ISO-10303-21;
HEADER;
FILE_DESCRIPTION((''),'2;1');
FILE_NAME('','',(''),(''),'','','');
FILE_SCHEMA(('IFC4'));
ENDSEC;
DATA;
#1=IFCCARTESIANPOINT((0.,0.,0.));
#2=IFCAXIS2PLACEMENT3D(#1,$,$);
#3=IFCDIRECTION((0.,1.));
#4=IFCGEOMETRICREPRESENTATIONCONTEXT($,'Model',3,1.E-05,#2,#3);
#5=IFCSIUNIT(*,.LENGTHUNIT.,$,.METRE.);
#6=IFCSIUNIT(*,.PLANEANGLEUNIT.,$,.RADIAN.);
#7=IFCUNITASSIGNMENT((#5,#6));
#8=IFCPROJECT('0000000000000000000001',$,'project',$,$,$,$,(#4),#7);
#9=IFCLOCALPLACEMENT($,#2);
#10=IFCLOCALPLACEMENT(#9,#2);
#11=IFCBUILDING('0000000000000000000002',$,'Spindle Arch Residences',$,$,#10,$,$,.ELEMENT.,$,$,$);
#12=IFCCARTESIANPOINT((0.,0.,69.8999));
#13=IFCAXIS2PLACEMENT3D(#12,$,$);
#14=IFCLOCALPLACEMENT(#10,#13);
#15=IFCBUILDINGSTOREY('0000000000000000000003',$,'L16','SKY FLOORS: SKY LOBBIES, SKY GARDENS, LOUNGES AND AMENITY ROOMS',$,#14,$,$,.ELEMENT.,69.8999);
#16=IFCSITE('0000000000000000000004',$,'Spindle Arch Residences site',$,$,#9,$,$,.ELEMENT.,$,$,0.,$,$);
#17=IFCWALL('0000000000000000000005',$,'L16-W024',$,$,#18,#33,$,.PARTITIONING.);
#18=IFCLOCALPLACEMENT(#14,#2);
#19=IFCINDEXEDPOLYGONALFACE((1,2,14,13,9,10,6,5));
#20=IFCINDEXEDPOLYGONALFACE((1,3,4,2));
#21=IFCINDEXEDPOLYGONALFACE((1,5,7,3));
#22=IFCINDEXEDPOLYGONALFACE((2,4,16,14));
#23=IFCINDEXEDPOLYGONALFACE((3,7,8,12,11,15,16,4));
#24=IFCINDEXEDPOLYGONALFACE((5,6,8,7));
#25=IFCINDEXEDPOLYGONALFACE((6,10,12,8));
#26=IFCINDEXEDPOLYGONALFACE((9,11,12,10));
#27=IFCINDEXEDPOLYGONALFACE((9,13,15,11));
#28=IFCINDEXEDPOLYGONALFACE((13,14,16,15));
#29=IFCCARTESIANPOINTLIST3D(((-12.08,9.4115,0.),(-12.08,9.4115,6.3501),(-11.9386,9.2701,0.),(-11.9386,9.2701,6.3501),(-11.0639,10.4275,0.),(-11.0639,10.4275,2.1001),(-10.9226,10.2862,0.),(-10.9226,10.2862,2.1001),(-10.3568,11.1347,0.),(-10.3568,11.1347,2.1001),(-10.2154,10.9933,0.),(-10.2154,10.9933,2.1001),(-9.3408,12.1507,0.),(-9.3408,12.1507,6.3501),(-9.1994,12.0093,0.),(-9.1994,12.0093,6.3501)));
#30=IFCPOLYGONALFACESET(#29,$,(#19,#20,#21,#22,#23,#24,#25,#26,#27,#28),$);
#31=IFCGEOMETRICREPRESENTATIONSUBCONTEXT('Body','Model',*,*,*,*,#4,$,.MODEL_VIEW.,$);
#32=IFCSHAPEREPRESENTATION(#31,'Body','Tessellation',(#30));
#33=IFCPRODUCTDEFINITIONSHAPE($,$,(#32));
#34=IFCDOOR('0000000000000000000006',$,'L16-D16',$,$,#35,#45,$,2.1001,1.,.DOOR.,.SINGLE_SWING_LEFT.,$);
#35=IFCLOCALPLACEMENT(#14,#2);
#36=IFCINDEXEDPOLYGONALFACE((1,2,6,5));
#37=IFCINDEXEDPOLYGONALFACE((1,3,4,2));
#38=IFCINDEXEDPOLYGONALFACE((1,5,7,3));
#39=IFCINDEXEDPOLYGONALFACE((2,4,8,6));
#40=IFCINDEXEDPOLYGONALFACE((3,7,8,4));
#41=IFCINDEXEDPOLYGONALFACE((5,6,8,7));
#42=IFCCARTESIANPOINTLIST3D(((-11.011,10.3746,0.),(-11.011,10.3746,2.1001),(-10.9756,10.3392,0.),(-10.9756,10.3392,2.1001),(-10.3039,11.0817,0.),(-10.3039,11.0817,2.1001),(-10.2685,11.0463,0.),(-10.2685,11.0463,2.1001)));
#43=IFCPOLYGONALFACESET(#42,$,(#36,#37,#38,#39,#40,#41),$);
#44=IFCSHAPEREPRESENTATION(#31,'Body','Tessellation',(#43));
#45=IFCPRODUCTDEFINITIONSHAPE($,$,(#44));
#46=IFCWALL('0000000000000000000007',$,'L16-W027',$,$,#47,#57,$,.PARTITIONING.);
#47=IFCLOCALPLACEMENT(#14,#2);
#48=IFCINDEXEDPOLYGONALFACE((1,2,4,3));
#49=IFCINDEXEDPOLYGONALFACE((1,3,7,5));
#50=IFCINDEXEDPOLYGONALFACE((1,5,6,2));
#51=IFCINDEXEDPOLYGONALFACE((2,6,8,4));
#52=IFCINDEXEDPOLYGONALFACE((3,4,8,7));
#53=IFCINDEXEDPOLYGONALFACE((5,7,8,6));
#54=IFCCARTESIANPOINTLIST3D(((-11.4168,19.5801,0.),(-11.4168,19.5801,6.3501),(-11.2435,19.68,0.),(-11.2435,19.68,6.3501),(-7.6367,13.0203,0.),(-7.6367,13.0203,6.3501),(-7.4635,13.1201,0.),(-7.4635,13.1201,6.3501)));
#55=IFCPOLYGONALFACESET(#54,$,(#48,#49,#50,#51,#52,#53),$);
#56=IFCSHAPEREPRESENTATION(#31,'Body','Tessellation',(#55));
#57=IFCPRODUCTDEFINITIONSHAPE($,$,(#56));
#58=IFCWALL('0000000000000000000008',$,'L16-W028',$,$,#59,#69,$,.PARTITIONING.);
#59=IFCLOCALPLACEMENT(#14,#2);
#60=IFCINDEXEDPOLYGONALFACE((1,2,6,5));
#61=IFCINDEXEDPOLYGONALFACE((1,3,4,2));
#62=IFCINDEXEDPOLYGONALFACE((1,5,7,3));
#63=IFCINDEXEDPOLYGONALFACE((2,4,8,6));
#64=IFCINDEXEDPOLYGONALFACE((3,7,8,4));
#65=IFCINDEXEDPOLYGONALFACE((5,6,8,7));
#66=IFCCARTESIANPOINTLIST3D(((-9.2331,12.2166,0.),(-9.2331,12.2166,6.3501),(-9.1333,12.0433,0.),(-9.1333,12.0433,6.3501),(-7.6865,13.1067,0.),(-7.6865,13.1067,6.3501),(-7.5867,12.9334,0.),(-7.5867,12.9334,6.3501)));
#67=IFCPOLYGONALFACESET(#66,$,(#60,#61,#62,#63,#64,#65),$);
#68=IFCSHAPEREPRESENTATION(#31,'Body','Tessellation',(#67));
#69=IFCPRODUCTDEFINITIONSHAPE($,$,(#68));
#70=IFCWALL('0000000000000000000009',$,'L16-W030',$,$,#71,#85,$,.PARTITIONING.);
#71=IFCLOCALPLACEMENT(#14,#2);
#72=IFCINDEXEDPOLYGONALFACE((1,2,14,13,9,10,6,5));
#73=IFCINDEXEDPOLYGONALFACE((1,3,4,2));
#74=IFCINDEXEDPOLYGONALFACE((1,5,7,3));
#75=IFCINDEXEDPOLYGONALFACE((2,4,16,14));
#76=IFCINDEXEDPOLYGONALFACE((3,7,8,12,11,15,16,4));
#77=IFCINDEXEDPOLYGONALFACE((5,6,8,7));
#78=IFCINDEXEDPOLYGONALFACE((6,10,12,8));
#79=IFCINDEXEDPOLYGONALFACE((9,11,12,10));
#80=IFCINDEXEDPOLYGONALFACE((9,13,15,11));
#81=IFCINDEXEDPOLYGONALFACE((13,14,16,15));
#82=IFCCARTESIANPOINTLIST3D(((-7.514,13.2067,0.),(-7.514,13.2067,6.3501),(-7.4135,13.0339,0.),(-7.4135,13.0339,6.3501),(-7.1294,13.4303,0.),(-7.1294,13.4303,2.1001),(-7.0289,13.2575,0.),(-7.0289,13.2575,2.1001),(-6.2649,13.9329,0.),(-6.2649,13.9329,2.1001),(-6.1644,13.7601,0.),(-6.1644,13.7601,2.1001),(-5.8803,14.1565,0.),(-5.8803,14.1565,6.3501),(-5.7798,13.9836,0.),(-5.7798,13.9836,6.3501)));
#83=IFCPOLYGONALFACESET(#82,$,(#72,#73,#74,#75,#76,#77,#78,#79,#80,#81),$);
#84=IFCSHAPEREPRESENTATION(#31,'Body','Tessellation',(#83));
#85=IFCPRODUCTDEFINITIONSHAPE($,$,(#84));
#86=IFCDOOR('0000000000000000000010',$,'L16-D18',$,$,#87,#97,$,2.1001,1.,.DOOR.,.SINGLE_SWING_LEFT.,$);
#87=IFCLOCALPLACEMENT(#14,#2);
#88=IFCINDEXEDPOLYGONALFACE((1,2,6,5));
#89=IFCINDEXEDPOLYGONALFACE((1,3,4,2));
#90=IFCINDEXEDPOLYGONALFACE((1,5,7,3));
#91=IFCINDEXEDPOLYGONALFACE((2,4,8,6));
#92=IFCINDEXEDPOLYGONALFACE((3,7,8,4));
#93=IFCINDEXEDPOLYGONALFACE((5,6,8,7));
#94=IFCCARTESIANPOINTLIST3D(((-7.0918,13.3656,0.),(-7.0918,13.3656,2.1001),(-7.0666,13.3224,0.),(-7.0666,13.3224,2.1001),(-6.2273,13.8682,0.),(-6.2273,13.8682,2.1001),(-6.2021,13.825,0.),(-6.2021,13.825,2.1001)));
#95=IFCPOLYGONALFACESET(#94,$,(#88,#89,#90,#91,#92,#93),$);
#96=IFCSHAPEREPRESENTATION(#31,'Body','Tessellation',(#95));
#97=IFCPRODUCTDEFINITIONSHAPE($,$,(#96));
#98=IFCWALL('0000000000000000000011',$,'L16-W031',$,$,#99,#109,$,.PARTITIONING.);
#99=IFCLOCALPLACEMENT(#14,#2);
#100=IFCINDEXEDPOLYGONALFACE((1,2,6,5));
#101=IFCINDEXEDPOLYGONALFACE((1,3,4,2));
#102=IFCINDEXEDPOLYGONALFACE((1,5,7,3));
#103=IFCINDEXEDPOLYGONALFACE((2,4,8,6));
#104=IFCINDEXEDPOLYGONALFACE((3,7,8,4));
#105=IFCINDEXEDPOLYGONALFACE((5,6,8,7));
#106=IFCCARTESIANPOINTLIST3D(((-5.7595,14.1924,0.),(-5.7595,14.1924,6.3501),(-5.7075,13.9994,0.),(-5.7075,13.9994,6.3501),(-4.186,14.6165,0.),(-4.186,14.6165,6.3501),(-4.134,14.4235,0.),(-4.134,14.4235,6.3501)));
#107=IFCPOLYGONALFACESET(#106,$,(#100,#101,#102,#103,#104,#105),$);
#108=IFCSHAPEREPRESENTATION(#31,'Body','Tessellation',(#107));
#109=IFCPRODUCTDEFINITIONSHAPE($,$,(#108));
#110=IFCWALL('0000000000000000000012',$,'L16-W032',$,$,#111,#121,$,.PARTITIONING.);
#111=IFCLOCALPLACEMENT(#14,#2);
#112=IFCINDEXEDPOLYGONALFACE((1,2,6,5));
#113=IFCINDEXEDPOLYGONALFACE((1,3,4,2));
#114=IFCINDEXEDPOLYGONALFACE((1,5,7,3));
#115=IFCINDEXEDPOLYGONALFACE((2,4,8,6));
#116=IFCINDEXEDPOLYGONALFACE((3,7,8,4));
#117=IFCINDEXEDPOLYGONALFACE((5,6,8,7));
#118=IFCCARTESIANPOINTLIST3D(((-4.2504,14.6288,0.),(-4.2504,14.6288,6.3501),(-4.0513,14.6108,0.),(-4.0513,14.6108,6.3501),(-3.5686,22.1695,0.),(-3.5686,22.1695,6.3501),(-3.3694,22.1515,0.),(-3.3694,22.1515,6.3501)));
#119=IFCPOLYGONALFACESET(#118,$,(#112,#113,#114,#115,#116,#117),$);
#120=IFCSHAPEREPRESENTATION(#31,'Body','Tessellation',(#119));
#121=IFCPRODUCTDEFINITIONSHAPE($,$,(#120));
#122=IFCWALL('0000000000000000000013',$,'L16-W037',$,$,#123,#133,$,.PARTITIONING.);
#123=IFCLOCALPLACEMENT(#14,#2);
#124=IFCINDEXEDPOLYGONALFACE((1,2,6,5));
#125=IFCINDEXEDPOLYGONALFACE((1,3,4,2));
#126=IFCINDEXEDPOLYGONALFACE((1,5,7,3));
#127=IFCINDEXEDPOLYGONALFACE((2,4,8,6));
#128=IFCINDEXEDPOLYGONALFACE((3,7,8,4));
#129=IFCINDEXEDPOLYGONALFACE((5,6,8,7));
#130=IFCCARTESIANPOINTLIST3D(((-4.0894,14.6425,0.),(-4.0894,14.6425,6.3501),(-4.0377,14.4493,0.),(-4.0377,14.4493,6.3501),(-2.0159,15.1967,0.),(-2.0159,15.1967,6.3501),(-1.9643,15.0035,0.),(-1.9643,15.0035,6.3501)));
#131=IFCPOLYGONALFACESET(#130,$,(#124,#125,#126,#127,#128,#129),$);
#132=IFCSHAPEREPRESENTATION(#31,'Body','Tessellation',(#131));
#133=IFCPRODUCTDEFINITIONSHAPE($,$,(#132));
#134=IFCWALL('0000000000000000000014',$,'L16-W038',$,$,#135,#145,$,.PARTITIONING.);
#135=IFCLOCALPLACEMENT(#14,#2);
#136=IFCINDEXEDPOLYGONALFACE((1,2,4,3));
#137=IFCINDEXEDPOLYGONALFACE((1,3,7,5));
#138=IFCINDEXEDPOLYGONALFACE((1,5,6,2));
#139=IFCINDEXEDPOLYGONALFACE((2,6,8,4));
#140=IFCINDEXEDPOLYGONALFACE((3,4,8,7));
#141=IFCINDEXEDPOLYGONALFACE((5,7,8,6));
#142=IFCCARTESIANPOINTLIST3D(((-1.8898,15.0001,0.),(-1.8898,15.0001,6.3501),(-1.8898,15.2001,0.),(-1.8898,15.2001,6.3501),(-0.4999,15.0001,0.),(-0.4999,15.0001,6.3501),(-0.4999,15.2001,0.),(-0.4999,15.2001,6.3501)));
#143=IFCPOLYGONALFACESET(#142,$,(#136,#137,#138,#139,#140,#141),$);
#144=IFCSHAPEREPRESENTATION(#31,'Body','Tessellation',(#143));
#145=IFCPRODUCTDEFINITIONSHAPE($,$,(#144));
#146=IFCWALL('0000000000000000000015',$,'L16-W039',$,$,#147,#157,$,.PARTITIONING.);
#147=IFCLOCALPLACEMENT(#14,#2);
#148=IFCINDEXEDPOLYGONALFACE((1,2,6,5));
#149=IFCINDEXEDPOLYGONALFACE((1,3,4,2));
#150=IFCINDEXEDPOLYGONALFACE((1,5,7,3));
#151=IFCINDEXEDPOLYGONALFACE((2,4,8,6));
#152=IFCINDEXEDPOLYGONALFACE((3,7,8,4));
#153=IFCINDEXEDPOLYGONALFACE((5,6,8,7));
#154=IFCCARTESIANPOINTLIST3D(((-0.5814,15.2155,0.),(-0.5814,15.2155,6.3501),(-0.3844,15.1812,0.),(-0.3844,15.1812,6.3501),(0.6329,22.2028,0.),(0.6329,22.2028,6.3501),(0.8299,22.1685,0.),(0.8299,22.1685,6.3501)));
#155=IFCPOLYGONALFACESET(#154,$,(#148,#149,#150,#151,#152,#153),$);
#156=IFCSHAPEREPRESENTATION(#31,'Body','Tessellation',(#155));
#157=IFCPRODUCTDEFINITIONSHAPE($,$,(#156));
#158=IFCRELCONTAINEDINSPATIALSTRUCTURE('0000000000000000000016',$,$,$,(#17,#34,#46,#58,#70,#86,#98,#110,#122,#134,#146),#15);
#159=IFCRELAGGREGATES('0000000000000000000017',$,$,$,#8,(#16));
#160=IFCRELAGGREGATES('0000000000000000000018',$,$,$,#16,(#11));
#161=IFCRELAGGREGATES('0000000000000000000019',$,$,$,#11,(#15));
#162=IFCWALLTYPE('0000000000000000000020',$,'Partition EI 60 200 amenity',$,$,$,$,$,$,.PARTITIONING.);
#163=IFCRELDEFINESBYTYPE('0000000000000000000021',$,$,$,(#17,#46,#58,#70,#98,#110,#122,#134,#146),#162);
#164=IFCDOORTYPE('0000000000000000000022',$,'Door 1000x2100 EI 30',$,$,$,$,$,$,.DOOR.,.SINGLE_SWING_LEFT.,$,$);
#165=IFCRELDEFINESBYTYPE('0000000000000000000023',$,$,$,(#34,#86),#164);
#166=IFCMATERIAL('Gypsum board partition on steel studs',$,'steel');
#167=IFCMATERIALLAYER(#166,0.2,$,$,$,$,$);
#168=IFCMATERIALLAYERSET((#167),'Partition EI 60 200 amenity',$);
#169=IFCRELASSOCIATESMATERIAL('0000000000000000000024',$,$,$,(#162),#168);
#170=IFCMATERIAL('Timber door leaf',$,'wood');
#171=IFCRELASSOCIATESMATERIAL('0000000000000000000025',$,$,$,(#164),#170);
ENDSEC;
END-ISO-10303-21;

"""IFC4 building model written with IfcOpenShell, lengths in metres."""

from ifc_helpers import new_model, si_unit, direction, frame, frame_2d, origin, place, context, subcontext, project, spatial, rectangle, extrude, material, layer, layer_set, type_object, element, fill, save


model = new_model("IFC4")

# Units and contexts
model_context = context("Model", 3, precision=1e-05, world=origin(), true_north=direction((0.0, 1.0)))
body_context = subcontext(model_context, "Body", "Model", "MODEL_VIEW")
ifc_project = project(units=[si_unit("LENGTHUNIT", "METRE"), si_unit("PLANEANGLEUNIT", "RADIAN")], contexts=[model_context])

# Site, building, storey
site_placement = place(None, origin())
site = spatial("IfcSite", under=ifc_project, at=site_placement, Name="Spindle Arch Residences site", CompositionType="ELEMENT", RefElevation=0.0)
building_placement = place(site_placement, origin())
building = spatial("IfcBuilding", under=site, at=building_placement, Name="Spindle Arch Residences", CompositionType="ELEMENT")
storey_placement = place(building_placement, frame((0.0, 0.0, 69.8999)))
storey = spatial("IfcBuildingStorey", under=building, at=storey_placement, Name="L16", Description="SKY FLOORS: SKY LOBBIES, SKY GARDENS, LOUNGES AND AMENITY ROOMS", CompositionType="ELEMENT", Elevation=69.8999)

# Wall, opening, door
ifc_material_1 = material(Name="Gypsum board partition on steel studs", Category="steel")
ifc_layer = layer(ifc_material_1, 0.2)
ifc_layer_set = layer_set([ifc_layer], Name="Partition EI 60 200 amenity")
wall_type = type_object("IfcWallType", Name="Partition EI 60 200 amenity", PredefinedType="PARTITIONING", material=ifc_layer_set)
wall_1_placement = place(storey_placement, frame((-9.27, 12.0801, 0.0), z_axis=(0.0, 0.0, 1.0), x_axis=(-0.707107, -0.707107, 0.0)))
wall_1 = element("IfcWall", 1, at=wall_1_placement, inside=storey, type_object=wall_type, Name="L16-W024", PredefinedType="PARTITIONING", context=body_context, shape_type="SweptSolid", body=[
    extrude(rectangle(XDim=3.8738, YDim=0.2, at=frame_2d((1.937, 0.0))), origin(), (0.0, 0.0, 1.0), 6.3501),
])
opening_1_placement = place(wall_1_placement, frame((1.437, 0.0, 0.0)))
opening_1 = element("IfcOpeningElement", 2, at=opening_1_placement, cuts=wall_1, PredefinedType="OPENING", context=body_context, shape_type="SweptSolid", body=[
    extrude(rectangle(XDim=1.0, YDim=2.1001, at=frame_2d((0.5, 1.05))), frame((0.0, 0.1099, 0.0), z_axis=(0.0, -1.0, 0.0), x_axis=(1.0, 0.0, 0.0)), (0.0, 0.0, 1.0), 0.22),
])
ifc_material_2 = material(Name="Timber door leaf", Category="wood")
door_type = type_object("IfcDoorType", Name="Door 1000x2100 EI 30", OperationType="SINGLE_SWING_LEFT", PredefinedType="DOOR", material=ifc_material_2)
door_1_placement = place(opening_1_placement, origin())
door_1 = element("IfcDoor", 3, at=door_1_placement, inside=storey, type_object=door_type, Name="L16-D16", OperationType="SINGLE_SWING_LEFT", OverallHeight=2.1001, OverallWidth=1.0, PredefinedType="DOOR", context=body_context, shape_type="SweptSolid", body=[
    extrude(rectangle(XDim=1.0, YDim=2.1001, at=frame_2d((0.5, 1.05))), frame((0.0, 0.0249, 0.0), z_axis=(0.0, -1.0, 0.0), x_axis=(1.0, 0.0, 0.0)), (0.0, 0.0, 1.0), 0.05),
])
fill(opening_1, door_1)

# Walls
wall_2_placement = place(storey_placement, frame((-7.55, 13.0701, 0.0), z_axis=(0.0, 0.0, 1.0), x_axis=(-0.499279, 0.866442, 0.0)))
element("IfcWall", 4, at=wall_2_placement, inside=storey, type_object=wall_type, Name="L16-W027", PredefinedType="PARTITIONING", context=body_context, shape_type="SweptSolid", body=[
    extrude(rectangle(XDim=7.571, YDim=0.2, at=frame_2d((3.7856, 0.0))), origin(), (0.0, 0.0, 1.0), 6.3501),
])
wall_3_placement = place(storey_placement, frame((-7.6367, 13.02, 0.0), z_axis=(0.0, 0.0, 1.0), x_axis=(-0.866707, -0.498818, 0.0)))
element("IfcWall", 5, at=wall_3_placement, inside=storey, type_object=wall_type, Name="L16-W028", PredefinedType="PARTITIONING", context=body_context, shape_type="SweptSolid", body=[
    extrude(rectangle(XDim=1.7844, YDim=0.2, at=frame_2d((0.8921, 0.0))), origin(), (0.0, 0.0, 1.0), 6.3501),
])

# Wall, opening, door
wall_4_placement = place(storey_placement, frame((-5.8301, 14.0701, 0.0), z_axis=(0.0, 0.0, 1.0), x_axis=(-0.864514, -0.502609, 0.0)))
wall_4 = element("IfcWall", 6, at=wall_4_placement, inside=storey, type_object=wall_type, Name="L16-W030", PredefinedType="PARTITIONING", context=body_context, shape_type="SweptSolid", body=[
    extrude(rectangle(XDim=1.8896, YDim=0.2, at=frame_2d((0.9448, 0.0))), origin(), (0.0, 0.0, 1.0), 6.3501),
])
opening_2_placement = place(wall_4_placement, frame((0.4448, 0.0, 0.0)))
opening_2 = element("IfcOpeningElement", 7, at=opening_2_placement, cuts=wall_4, PredefinedType="OPENING", context=body_context, shape_type="SweptSolid", body=[
    extrude(rectangle(XDim=1.0, YDim=2.1001, at=frame_2d((0.5, 1.05))), frame((0.0, 0.1099, 0.0), z_axis=(0.0, -1.0, 0.0), x_axis=(1.0, 0.0, 0.0)), (0.0, 0.0, 1.0), 0.22),
])
door_2_placement = place(opening_2_placement, origin())
door_2 = element("IfcDoor", 8, at=door_2_placement, inside=storey, type_object=door_type, Name="L16-D18", OperationType="SINGLE_SWING_LEFT", OverallHeight=2.1001, OverallWidth=1.0, PredefinedType="DOOR", context=body_context, shape_type="SweptSolid", body=[
    extrude(rectangle(XDim=1.0, YDim=2.1001, at=frame_2d((0.5, 1.05))), frame((0.0, 0.0249, 0.0), z_axis=(0.0, -1.0, 0.0), x_axis=(1.0, 0.0, 0.0)), (0.0, 0.0, 1.0), 0.05),
])
fill(opening_2, door_2)

# Walls
wall_5_placement = place(storey_placement, frame((-4.1599, 14.52, 0.0), z_axis=(0.0, 0.0, 1.0), x_axis=(-0.965548, -0.260226, 0.0)))
element("IfcWall", 9, at=wall_5_placement, inside=storey, type_object=wall_type, Name="L16-W031", PredefinedType="PARTITIONING", context=body_context, shape_type="SweptSolid", body=[
    extrude(rectangle(XDim=1.6296, YDim=0.2, at=frame_2d((0.8149, 0.0))), origin(), (0.0, 0.0, 1.0), 6.3501),
])
wall_6_placement = place(storey_placement, frame((-3.469, 22.1604, 0.0), z_axis=(0.0, 0.0, 1.0), x_axis=(-0.090059, -0.995936, 0.0)))
element("IfcWall", 10, at=wall_6_placement, inside=storey, type_object=wall_type, Name="L16-W032", PredefinedType="PARTITIONING", context=body_context, shape_type="SweptSolid", body=[
    extrude(rectangle(XDim=7.5715, YDim=0.2, at=frame_2d((3.7856, 0.0))), origin(), (0.0, 0.0, 1.0), 6.3501),
])
wall_7_placement = place(storey_placement, frame((-1.99, 15.1001, 0.0), z_axis=(0.0, 0.0, 1.0), x_axis=(-0.966088, -0.258215, 0.0)))
element("IfcWall", 11, at=wall_7_placement, inside=storey, type_object=wall_type, Name="L16-W037", PredefinedType="PARTITIONING", context=body_context, shape_type="SweptSolid", body=[
    extrude(rectangle(XDim=2.1462, YDim=0.2, at=frame_2d((1.0732, 0.0))), origin(), (0.0, 0.0, 1.0), 6.3501),
])
wall_8_placement = place(storey_placement, frame((-0.5, 15.1001, 0.0), z_axis=(0.0, 0.0, 1.0), x_axis=(-1.0, 0.0, 0.0)))
element("IfcWall", 12, at=wall_8_placement, inside=storey, type_object=wall_type, Name="L16-W038", PredefinedType="PARTITIONING", context=body_context, shape_type="SweptSolid", body=[
    extrude(rectangle(XDim=1.3899, YDim=0.2, at=frame_2d((0.6948, 0.0))), origin(), (0.0, 0.0, 1.0), 6.3501),
])
wall_9_placement = place(storey_placement, frame((-0.4829, 15.1985, 0.0), z_axis=(0.0, 0.0, 1.0), x_axis=(0.171228, 0.985231, 0.0)))
element("IfcWall", 13, at=wall_9_placement, inside=storey, type_object=wall_type, Name="L16-W039", PredefinedType="PARTITIONING", context=body_context, shape_type="SweptSolid", body=[
    extrude(rectangle(XDim=7.092, YDim=0.2, at=frame_2d((3.5459, 0.0))), origin(), (0.0, 0.0, 1.0), 6.3501),
])

save(model, "model.ifc")
